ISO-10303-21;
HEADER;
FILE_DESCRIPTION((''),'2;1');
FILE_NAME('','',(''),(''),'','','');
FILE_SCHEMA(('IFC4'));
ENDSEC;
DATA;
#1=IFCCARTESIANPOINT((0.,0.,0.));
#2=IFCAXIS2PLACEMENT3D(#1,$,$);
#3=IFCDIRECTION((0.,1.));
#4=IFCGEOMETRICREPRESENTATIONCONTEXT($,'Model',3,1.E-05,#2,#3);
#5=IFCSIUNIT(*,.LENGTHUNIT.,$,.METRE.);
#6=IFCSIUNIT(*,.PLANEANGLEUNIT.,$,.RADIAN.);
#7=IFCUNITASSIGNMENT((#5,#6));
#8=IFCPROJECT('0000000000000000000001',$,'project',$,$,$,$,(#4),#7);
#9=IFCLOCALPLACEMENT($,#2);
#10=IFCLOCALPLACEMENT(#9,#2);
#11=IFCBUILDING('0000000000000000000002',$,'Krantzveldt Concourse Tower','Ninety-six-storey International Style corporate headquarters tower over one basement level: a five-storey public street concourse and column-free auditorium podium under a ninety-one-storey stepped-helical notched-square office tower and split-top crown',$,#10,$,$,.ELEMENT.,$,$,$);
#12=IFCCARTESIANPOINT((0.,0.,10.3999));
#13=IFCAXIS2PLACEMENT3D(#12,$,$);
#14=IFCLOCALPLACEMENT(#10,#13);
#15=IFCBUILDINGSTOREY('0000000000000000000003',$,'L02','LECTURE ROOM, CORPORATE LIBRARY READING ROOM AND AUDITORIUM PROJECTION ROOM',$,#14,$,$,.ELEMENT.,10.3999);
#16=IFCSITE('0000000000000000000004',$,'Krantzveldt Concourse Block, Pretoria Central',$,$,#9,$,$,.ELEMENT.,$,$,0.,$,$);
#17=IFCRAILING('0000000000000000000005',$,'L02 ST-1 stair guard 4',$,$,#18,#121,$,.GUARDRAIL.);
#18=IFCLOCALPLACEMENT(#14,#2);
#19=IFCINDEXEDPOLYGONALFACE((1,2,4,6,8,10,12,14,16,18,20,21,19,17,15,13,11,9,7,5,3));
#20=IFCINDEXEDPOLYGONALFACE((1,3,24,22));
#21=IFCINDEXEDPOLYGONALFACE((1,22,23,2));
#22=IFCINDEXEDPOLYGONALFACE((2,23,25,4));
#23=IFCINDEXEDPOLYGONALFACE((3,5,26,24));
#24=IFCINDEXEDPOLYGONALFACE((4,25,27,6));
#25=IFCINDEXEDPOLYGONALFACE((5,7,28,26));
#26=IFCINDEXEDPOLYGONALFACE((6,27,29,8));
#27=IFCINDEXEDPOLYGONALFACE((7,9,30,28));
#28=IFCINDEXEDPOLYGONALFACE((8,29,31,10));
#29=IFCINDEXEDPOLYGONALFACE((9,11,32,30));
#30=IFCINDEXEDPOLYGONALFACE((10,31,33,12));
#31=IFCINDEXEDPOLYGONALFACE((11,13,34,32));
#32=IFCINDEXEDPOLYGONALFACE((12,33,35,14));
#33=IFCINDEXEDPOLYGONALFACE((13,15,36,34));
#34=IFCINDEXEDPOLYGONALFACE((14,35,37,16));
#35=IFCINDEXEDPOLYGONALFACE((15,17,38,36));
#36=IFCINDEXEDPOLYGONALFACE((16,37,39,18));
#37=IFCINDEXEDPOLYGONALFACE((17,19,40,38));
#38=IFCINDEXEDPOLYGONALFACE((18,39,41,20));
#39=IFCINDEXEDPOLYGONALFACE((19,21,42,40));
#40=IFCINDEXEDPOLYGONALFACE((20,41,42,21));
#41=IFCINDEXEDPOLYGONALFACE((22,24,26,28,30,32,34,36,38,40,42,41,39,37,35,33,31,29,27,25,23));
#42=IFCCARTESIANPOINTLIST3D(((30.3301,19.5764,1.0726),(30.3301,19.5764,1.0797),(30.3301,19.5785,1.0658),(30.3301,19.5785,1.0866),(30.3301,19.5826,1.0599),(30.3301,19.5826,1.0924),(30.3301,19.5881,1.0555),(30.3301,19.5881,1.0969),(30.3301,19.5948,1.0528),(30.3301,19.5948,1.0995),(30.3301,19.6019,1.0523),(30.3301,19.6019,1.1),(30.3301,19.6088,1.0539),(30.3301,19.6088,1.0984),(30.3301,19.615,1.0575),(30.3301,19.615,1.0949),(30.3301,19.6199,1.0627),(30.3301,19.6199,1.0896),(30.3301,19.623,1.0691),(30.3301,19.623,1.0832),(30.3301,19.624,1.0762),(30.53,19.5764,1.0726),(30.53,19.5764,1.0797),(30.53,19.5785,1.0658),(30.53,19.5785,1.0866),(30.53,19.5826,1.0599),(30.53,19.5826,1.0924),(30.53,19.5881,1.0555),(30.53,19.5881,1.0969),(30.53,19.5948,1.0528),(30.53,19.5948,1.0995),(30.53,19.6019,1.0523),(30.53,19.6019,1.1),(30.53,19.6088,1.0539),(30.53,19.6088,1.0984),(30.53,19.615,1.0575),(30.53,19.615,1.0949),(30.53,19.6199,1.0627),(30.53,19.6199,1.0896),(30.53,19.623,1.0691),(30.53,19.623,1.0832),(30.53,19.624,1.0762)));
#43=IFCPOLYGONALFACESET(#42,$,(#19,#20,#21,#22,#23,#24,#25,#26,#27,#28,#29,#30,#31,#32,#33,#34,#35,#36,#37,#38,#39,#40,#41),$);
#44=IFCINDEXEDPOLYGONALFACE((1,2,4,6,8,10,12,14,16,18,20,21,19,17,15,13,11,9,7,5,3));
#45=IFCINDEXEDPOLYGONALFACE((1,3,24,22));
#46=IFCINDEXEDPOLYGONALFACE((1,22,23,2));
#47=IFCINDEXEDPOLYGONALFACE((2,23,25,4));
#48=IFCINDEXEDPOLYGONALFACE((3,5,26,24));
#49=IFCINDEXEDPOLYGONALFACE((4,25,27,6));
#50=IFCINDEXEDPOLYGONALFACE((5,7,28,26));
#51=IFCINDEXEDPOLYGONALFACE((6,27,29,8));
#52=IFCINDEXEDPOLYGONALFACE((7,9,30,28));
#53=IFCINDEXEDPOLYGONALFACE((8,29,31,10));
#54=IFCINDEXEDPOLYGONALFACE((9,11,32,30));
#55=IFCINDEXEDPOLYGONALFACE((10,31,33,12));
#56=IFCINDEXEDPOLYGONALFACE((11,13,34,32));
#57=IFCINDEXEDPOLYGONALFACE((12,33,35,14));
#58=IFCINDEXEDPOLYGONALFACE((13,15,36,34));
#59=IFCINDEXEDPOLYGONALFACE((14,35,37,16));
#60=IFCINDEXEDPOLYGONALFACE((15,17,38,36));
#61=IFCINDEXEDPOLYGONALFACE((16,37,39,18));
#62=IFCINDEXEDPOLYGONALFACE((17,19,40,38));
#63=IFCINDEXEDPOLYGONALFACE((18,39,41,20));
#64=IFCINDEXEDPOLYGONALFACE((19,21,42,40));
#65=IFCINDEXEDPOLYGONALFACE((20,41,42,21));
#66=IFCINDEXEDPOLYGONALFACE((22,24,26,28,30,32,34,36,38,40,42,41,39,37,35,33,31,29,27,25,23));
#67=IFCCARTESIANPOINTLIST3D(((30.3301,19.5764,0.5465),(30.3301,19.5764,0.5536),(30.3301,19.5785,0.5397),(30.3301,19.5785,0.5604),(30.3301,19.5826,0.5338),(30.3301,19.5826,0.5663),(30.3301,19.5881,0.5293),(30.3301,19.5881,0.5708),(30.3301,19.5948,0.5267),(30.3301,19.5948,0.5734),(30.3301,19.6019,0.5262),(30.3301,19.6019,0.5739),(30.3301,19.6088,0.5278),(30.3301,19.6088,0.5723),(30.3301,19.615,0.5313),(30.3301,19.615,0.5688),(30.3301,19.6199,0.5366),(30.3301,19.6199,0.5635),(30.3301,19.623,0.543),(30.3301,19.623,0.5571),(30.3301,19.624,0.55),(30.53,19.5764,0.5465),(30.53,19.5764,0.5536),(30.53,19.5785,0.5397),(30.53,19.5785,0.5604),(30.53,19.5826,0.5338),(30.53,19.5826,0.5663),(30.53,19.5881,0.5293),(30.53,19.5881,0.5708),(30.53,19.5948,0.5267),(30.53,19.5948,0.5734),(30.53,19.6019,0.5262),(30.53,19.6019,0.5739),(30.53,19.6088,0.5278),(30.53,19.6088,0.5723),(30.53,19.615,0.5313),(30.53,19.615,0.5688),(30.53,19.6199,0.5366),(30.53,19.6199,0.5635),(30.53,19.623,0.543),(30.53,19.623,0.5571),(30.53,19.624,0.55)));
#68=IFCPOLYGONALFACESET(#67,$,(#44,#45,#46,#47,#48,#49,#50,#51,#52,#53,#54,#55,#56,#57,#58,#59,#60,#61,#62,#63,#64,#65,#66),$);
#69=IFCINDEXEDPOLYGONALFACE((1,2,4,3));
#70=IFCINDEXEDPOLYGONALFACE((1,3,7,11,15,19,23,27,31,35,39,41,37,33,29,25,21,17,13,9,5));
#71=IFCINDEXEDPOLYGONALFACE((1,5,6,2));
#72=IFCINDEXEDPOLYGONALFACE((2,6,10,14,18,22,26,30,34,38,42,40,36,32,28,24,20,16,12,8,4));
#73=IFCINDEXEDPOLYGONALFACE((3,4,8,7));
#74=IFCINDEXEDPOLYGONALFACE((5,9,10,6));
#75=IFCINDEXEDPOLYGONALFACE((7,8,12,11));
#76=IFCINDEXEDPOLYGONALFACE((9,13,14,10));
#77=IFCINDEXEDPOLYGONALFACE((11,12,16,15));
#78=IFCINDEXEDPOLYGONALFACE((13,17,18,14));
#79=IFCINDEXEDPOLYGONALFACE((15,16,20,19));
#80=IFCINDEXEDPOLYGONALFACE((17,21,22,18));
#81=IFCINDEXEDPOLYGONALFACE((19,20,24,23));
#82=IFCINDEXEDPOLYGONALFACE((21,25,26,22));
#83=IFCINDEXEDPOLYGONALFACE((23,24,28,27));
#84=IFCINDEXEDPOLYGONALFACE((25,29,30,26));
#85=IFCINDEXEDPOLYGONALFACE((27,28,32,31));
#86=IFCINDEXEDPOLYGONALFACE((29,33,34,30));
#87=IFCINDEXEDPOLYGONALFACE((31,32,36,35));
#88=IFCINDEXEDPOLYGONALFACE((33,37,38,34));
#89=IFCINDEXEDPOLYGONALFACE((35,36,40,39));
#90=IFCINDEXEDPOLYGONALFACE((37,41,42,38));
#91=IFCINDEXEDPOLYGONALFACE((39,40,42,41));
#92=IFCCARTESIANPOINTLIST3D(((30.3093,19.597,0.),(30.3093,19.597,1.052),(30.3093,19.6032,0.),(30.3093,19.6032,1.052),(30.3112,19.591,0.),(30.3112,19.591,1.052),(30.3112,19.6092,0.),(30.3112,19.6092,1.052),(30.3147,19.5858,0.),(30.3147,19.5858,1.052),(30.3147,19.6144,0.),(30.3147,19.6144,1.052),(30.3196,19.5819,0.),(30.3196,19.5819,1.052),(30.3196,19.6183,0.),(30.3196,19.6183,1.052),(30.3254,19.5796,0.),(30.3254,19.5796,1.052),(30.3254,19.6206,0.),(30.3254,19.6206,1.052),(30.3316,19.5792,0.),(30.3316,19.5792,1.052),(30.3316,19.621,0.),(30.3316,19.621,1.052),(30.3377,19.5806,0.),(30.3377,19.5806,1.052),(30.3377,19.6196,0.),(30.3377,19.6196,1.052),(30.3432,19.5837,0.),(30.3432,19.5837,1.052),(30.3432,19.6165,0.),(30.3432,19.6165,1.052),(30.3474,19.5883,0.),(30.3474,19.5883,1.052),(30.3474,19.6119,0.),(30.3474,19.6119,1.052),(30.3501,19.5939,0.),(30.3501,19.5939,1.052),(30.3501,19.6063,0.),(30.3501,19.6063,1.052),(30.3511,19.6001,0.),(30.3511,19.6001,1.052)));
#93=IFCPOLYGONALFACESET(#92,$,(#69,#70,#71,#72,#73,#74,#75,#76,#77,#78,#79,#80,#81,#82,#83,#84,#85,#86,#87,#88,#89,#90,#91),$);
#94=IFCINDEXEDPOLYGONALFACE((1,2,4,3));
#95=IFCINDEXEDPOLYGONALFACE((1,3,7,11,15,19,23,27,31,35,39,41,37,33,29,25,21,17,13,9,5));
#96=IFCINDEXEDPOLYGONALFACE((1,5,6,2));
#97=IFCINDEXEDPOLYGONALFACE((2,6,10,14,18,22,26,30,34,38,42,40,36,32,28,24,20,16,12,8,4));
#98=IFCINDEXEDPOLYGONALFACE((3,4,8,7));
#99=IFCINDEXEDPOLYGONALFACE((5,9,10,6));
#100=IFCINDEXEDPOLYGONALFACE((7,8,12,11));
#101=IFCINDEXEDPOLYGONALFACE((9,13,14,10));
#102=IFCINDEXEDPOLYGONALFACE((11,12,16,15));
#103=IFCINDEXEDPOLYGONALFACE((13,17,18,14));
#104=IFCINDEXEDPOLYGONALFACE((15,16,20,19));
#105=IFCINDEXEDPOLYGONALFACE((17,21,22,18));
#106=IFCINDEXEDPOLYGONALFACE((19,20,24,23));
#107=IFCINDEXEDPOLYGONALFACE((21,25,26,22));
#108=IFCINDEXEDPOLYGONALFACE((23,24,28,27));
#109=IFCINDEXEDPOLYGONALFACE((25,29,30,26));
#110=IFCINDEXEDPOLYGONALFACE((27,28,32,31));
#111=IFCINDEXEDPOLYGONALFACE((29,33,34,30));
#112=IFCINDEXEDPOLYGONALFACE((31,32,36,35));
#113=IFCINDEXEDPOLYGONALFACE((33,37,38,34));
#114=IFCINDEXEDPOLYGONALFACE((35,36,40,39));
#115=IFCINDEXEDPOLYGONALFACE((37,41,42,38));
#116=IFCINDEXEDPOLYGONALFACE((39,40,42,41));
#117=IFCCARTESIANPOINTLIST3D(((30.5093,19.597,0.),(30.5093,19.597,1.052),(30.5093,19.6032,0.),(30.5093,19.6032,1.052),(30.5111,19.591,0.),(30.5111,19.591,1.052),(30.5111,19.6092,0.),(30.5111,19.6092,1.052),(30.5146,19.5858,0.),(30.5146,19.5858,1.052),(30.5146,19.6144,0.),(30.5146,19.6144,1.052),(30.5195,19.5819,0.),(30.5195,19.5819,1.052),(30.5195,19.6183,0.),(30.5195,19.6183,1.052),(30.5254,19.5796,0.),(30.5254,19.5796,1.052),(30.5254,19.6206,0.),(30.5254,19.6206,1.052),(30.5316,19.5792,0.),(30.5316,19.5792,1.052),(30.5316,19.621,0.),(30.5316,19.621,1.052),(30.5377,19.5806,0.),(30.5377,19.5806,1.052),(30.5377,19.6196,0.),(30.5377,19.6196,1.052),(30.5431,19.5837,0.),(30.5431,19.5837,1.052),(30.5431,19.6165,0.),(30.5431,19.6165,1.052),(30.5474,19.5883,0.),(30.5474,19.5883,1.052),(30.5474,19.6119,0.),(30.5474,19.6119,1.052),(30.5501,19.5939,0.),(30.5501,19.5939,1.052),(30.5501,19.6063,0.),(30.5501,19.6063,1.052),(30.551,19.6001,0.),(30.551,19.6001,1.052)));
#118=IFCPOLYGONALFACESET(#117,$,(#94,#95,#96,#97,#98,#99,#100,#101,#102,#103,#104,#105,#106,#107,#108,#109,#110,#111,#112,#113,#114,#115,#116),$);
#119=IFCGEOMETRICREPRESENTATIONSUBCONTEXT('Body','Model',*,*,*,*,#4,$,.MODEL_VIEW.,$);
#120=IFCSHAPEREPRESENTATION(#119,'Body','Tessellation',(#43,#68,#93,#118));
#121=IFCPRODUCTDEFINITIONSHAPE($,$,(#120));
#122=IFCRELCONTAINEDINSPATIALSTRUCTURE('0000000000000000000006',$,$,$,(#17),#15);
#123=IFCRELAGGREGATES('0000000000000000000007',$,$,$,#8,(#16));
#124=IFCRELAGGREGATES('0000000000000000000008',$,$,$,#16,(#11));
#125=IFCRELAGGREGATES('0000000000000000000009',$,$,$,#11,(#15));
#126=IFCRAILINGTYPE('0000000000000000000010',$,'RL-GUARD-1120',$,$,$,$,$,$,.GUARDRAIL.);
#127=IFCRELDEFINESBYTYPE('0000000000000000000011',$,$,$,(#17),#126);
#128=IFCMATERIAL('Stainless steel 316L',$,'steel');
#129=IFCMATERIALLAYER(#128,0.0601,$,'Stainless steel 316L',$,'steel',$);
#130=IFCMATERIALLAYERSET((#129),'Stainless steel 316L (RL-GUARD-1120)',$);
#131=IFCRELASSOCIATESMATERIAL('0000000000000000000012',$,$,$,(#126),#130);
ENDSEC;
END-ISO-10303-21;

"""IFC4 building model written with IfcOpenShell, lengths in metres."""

from ifc_helpers import new_model, si_unit, direction, frame, origin, origin_2d, place, context, subcontext, project, spatial, circle, extrude, material, layer, layer_set, type_object, element, save


model = new_model("IFC4")

# Units and contexts
model_context = context("Model", 3, precision=1e-05, world=origin(), true_north=direction((0.0, 1.0)))
body_context = subcontext(model_context, "Body", "Model", "MODEL_VIEW")
ifc_project = project(units=[si_unit("LENGTHUNIT", "METRE"), si_unit("PLANEANGLEUNIT", "RADIAN")], contexts=[model_context])

# Site, building, storey
site_placement = place(None, origin())
site = spatial("IfcSite", under=ifc_project, at=site_placement, Name="Krantzveldt Concourse Block, Pretoria Central", CompositionType="ELEMENT", RefElevation=0.0)
building_placement = place(site_placement, origin())
building = spatial("IfcBuilding", under=site, at=building_placement, Name="Krantzveldt Concourse Tower", Description="Ninety-six-storey International Style corporate headquarters tower over one basement level: a five-storey public street concourse and column-free auditorium podium under a ninety-one-storey stepped-helical notched-square office tower and split-top crown", CompositionType="ELEMENT")
storey_placement = place(building_placement, frame((0.0, 0.0, 10.3999)))
storey = spatial("IfcBuildingStorey", under=building, at=storey_placement, Name="L02", Description="LECTURE ROOM, CORPORATE LIBRARY READING ROOM AND AUDITORIUM PROJECTION ROOM", CompositionType="ELEMENT", Elevation=10.3999)

# Shared definitions
ifc_material_1 = material(Name="Stainless steel 316L", Category="steel")

# Railing
ifc_layer_1 = layer(ifc_material_1, 0.0601, Name="Stainless steel 316L", Category="steel")
ifc_layer_set_1 = layer_set([ifc_layer_1], Name="Stainless steel 316L (RL-GUARD-1120)")
railing_type_1 = type_object("IfcRailingType", Name="RL-GUARD-1120", PredefinedType="GUARDRAIL", material=ifc_layer_set_1)
railing_1_placement = place(storey_placement, frame((30.3301, 19.6001, 0.0)))
element("IfcRailing", 1, at=railing_1_placement, inside=storey, type_object=railing_type_1, Name="L02 ST-1 stair guard 4", PredefinedType="GUARDRAIL", context=body_context, shape_type="SweptSolid", body=[
    extrude(circle(Radius=0.0239, at=origin_2d()), frame((0.0, 0.0, 1.0762), z_axis=(1.0, 0.0, 0.0), x_axis=(0.0, 1.0, 0.0)), (0.0, 0.0, 1.0), 0.2),
    extrude(circle(Radius=0.0239, at=origin_2d()), frame((0.0, 0.0, 0.55), z_axis=(1.0, 0.0, 0.0), x_axis=(0.0, 1.0, 0.0)), (0.0, 0.0, 1.0), 0.2),
    extrude(circle(Radius=0.021, at=origin_2d()), origin(), (0.0, 0.0, 1.0), 1.052),
    extrude(circle(Radius=0.021, at=origin_2d()), frame((0.2, 0.0, 0.0)), (0.0, 0.0, 1.0), 1.052),
])

save(model, "model.ifc")
